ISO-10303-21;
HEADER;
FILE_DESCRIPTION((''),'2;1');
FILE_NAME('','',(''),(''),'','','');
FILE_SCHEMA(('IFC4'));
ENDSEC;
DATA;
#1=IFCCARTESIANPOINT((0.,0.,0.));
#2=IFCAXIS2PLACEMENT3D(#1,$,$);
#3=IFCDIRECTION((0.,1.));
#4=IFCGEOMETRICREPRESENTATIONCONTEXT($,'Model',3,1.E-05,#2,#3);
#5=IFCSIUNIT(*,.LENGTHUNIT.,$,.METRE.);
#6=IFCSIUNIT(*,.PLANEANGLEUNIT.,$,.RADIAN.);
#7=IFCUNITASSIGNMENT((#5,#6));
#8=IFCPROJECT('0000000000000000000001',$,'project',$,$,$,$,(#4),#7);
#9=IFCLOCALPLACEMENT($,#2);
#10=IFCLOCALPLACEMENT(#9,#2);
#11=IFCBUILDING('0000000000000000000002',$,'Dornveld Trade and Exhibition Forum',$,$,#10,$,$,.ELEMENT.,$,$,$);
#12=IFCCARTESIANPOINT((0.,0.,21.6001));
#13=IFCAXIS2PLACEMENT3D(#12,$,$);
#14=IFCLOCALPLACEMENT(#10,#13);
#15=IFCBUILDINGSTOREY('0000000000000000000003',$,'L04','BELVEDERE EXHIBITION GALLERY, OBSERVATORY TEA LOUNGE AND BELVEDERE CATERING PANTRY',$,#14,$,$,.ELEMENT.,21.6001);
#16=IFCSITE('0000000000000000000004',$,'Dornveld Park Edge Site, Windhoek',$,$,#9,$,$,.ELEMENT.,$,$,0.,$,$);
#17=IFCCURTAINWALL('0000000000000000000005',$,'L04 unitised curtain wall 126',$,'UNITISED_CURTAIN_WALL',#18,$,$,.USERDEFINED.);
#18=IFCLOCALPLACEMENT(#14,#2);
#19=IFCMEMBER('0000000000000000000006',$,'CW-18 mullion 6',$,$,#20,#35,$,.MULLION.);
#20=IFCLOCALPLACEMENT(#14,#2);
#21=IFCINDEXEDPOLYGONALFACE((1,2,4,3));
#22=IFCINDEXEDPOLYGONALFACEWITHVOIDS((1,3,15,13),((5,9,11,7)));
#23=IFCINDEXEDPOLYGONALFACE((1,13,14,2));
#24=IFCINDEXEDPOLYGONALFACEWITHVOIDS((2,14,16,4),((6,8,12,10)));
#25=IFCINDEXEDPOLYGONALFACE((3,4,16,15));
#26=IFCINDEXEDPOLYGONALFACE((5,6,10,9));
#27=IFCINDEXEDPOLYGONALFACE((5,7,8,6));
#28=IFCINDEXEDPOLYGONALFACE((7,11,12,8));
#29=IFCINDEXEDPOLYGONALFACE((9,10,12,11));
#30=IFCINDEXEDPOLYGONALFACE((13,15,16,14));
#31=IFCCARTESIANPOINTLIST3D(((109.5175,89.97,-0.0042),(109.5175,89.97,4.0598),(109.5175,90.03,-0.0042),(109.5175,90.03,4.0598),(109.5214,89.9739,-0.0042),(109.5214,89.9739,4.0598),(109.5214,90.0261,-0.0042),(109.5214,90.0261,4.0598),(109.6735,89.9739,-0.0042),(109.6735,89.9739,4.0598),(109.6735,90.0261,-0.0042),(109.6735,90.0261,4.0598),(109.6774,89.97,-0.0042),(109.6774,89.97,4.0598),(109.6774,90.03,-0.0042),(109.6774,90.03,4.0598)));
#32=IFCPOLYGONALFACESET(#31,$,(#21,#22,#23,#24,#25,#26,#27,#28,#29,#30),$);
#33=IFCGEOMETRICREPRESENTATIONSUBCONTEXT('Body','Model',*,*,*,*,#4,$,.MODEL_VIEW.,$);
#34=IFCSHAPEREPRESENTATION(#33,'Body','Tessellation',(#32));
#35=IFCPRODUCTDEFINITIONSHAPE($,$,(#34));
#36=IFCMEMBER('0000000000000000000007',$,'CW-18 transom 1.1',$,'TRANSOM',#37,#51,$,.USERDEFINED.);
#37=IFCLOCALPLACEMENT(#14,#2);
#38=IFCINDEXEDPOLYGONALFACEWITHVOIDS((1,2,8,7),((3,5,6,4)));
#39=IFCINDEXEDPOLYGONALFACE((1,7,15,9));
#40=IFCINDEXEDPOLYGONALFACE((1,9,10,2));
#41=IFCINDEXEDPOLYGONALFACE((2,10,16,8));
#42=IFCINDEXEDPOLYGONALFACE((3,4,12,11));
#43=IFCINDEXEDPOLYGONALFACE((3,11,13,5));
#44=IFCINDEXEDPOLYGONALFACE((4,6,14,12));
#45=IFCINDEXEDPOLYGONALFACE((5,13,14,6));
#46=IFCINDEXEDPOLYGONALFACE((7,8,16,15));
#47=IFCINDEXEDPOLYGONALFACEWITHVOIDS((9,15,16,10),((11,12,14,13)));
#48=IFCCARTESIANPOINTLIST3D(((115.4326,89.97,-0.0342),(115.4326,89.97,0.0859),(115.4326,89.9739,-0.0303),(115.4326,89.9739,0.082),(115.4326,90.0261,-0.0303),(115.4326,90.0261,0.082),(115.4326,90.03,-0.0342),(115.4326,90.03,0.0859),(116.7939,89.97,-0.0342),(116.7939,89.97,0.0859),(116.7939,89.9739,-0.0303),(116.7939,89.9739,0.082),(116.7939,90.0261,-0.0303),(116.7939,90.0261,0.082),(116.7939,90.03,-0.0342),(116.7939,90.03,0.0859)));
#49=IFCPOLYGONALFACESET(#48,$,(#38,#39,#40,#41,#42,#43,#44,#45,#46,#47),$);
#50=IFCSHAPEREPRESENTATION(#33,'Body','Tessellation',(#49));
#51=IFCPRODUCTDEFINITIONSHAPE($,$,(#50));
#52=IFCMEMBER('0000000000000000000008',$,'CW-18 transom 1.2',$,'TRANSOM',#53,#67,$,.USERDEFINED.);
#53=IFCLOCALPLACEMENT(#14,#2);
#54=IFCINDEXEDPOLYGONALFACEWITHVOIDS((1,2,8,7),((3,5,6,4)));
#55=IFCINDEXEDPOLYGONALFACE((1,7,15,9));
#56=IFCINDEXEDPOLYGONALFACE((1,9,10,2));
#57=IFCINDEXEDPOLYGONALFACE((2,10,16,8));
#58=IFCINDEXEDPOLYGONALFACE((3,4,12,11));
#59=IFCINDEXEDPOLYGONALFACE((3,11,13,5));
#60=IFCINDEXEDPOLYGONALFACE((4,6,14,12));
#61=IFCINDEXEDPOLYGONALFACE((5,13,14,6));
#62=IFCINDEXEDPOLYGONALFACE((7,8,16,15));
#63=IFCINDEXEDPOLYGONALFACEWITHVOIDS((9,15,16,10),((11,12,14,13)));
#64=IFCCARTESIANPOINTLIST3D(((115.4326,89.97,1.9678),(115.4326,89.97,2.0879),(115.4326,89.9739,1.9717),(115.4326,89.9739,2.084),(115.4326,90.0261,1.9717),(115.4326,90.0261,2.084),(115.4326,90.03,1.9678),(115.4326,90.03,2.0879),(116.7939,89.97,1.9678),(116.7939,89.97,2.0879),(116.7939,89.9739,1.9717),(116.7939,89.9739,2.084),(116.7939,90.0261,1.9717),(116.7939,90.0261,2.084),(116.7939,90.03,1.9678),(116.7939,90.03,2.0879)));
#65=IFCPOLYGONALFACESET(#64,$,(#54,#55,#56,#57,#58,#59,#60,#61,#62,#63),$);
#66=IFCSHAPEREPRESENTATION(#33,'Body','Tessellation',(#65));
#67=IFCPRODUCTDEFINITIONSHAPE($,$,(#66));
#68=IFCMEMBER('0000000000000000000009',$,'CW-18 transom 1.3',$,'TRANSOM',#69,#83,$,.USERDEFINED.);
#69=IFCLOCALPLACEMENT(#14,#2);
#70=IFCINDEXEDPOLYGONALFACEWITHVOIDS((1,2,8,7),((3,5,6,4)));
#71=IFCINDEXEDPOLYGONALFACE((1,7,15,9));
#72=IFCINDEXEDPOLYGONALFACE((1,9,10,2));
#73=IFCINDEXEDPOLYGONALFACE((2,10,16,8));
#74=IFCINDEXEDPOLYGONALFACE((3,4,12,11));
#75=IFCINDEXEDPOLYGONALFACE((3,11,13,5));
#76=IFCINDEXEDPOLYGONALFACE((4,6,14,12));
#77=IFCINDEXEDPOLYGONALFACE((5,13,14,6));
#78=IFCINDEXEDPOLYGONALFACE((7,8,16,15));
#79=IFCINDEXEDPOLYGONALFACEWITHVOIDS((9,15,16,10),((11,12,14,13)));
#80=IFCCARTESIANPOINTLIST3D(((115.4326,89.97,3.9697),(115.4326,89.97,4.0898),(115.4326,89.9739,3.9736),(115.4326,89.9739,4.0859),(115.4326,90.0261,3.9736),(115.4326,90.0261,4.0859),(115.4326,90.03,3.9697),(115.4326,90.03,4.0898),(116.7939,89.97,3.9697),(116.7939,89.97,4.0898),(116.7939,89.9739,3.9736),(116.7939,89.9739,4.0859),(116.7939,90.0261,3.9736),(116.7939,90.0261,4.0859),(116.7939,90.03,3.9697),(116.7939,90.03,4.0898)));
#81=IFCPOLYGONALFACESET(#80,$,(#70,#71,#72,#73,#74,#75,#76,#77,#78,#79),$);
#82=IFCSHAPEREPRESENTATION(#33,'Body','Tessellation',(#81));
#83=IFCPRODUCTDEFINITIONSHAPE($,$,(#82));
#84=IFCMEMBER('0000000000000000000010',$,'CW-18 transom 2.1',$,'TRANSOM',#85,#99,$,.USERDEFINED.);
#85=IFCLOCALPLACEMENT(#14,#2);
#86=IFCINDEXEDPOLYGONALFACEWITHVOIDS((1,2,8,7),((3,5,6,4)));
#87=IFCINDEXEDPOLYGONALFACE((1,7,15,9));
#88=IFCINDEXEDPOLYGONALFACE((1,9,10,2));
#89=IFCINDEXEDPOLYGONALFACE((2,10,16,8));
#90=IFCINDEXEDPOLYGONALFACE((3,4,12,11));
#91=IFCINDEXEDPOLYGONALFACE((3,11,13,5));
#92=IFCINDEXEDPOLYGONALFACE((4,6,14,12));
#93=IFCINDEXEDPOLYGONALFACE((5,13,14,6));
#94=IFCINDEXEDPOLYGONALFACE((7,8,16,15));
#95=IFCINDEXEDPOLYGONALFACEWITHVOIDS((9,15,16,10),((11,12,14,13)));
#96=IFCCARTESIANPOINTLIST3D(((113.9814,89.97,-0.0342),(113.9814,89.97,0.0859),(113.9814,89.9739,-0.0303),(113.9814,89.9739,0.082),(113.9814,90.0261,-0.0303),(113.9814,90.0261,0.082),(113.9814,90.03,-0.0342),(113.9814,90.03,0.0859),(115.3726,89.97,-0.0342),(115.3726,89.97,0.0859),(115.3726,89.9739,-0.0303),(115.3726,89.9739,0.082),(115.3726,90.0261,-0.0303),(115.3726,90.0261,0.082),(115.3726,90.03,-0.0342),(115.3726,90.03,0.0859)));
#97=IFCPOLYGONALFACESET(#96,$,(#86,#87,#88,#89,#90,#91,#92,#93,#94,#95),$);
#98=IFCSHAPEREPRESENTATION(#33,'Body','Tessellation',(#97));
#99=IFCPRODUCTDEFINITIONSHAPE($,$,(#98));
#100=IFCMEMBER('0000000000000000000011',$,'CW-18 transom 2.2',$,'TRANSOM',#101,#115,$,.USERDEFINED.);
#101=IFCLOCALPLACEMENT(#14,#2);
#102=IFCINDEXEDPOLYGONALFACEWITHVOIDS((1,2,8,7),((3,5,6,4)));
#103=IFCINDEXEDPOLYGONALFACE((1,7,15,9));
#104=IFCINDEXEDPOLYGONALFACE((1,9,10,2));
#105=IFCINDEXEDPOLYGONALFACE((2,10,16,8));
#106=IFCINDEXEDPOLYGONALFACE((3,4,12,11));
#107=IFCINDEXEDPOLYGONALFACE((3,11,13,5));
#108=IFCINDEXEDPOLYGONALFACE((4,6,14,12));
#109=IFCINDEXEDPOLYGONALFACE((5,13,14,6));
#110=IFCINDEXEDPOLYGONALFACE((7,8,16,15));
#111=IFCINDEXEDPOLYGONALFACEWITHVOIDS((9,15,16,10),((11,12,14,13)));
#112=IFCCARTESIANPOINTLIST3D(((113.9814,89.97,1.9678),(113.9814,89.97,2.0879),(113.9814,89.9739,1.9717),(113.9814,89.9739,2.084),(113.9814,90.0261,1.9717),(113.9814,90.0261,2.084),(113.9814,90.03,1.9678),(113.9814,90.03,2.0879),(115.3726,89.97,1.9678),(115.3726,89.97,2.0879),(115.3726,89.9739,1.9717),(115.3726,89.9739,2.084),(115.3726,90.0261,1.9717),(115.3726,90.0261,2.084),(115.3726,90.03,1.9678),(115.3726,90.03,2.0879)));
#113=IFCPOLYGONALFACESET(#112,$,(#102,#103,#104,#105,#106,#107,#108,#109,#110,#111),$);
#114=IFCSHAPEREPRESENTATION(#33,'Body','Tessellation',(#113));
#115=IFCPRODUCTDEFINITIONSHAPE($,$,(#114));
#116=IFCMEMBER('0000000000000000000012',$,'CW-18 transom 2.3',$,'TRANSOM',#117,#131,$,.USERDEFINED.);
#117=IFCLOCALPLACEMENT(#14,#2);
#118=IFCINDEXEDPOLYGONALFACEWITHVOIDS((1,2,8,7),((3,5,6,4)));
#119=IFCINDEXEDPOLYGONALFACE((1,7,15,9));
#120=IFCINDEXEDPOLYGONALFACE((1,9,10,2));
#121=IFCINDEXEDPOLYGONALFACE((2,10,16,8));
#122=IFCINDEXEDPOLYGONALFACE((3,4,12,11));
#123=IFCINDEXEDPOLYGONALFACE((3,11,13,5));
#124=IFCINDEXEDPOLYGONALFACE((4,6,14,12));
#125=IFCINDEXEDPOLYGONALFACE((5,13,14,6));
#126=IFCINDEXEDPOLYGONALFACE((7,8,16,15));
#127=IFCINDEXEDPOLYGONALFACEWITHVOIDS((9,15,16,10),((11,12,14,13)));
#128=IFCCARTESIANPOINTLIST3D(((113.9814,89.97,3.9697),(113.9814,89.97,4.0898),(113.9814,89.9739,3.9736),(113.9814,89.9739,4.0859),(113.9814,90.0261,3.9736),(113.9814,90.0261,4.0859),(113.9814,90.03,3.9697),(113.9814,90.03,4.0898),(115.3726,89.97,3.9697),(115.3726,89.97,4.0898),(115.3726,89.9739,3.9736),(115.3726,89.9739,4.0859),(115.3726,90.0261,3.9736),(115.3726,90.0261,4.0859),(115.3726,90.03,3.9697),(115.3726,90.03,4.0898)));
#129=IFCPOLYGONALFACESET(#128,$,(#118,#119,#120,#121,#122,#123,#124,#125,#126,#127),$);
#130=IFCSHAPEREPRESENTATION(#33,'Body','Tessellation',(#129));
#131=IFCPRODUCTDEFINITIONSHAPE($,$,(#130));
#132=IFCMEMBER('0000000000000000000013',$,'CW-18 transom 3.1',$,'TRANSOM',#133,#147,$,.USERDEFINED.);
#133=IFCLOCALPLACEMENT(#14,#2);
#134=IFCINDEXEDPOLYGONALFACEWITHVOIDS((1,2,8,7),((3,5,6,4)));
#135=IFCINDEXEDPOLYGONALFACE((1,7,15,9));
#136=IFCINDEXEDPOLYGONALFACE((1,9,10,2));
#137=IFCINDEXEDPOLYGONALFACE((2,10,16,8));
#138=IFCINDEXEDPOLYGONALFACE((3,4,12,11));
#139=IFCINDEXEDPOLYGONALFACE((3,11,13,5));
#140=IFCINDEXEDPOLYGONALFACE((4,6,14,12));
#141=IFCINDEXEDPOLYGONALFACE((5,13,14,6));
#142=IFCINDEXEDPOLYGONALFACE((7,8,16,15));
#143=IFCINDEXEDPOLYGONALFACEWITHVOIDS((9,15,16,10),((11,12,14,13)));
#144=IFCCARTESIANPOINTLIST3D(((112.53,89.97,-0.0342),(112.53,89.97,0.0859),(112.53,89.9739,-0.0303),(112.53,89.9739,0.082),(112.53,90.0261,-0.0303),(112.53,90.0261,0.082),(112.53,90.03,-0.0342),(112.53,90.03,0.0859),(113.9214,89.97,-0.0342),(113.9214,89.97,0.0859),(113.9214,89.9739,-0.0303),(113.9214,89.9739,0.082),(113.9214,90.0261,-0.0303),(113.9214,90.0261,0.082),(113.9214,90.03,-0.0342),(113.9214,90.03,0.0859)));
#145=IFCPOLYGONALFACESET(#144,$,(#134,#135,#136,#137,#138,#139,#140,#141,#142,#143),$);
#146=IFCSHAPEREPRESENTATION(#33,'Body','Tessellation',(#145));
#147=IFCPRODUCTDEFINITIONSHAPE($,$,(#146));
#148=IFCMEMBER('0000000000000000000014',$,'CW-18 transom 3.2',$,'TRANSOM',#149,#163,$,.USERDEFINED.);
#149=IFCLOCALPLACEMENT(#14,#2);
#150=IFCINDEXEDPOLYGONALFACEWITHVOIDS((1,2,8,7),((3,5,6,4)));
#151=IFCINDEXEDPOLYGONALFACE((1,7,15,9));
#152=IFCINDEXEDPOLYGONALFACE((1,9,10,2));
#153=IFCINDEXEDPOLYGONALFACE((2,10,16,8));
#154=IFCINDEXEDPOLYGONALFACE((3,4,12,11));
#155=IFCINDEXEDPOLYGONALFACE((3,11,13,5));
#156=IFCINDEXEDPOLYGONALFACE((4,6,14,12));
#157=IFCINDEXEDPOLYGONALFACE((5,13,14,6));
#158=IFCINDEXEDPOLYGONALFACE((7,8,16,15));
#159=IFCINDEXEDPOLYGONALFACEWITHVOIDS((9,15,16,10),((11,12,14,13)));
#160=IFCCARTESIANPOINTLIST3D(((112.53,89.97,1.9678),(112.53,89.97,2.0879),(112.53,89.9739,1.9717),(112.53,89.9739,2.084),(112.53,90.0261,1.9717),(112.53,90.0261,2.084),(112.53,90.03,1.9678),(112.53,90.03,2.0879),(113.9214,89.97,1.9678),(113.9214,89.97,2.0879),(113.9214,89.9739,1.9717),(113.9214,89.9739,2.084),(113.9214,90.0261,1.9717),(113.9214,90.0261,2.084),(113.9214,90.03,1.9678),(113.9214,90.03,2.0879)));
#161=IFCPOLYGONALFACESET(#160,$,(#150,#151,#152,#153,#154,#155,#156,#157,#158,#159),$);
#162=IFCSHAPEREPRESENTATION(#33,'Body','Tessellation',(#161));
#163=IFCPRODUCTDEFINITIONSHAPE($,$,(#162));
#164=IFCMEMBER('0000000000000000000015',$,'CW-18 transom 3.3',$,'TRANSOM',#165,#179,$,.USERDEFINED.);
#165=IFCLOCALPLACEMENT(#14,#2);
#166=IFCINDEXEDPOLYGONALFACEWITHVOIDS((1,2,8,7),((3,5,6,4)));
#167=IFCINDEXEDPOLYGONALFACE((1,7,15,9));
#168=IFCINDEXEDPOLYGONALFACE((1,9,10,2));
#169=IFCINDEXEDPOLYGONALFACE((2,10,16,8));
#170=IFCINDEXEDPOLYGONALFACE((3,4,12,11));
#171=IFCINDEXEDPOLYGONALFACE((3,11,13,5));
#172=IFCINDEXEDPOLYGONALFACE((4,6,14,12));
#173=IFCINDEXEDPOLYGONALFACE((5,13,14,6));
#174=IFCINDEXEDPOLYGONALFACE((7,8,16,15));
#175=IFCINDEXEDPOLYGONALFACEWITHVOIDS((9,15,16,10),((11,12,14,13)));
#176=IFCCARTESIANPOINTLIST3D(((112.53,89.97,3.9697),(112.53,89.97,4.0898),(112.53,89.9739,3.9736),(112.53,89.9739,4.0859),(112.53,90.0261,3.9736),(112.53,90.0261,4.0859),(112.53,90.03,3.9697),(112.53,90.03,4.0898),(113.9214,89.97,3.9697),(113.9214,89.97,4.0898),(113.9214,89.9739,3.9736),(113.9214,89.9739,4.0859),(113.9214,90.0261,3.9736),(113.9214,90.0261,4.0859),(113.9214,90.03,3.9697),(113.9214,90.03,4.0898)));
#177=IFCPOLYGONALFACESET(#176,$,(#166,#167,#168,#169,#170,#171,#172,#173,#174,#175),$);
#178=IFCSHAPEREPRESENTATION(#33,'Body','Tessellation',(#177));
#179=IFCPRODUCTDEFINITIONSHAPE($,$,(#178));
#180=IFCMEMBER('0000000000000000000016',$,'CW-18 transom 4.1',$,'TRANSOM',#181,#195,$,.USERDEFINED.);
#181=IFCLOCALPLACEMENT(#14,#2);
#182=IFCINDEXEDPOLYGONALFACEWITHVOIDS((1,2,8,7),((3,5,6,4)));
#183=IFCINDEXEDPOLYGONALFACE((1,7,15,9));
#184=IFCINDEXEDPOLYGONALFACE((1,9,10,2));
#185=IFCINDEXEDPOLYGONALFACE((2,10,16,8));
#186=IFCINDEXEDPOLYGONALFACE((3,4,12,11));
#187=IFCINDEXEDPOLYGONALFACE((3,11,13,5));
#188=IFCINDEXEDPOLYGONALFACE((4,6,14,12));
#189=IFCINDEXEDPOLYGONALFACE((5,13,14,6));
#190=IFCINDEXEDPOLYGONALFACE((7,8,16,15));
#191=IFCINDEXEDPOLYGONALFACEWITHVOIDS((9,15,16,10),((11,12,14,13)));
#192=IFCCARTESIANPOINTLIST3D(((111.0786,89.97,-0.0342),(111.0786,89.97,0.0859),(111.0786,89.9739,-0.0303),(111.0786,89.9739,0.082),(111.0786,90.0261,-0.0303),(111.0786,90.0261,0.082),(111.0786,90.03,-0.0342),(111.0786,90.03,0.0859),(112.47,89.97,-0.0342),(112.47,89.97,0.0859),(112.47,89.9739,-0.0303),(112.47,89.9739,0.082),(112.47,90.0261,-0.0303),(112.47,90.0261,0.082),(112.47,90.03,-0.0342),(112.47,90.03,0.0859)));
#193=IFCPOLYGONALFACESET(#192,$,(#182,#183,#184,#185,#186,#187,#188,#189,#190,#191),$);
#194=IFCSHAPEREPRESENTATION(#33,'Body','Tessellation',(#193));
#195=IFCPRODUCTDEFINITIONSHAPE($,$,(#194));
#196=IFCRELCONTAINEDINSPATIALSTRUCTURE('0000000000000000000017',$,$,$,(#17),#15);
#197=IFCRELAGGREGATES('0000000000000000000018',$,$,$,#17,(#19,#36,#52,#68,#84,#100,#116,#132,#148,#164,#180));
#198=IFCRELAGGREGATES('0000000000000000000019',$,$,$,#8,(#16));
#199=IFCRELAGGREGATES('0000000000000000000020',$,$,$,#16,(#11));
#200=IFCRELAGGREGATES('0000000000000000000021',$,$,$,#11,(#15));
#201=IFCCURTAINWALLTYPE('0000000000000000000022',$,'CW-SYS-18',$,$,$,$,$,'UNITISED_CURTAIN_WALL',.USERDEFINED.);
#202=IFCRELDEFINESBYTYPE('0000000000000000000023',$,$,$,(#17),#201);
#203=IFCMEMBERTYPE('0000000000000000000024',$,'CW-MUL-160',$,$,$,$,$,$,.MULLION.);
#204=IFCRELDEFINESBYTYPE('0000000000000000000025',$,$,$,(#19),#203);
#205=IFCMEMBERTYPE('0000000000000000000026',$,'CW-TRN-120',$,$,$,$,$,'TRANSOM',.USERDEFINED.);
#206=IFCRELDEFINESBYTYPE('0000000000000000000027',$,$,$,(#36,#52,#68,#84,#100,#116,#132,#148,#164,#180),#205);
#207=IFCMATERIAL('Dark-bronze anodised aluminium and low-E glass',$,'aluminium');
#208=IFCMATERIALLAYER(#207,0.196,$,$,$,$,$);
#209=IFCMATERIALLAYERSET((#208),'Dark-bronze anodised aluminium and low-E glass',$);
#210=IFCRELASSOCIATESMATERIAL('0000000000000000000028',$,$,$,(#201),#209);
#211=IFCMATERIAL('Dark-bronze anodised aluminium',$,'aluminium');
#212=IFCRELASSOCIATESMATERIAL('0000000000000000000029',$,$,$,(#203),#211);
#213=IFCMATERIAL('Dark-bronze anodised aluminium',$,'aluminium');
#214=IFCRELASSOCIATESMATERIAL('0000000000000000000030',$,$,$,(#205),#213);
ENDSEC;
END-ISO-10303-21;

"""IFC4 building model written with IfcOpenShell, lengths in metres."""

from ifc_helpers import new_model, si_unit, direction, frame, origin, origin_2d, place, context, subcontext, project, spatial, hollow_rectangle, extrude, material, layer, layer_set, material_profile, profile_set, type_object, element, aggregate, save


model = new_model("IFC4")

# Units and contexts
model_context = context("Model", 3, precision=1e-05, world=origin(), true_north=direction((0.0, 1.0)))
body_context = subcontext(model_context, "Body", "Model", "MODEL_VIEW")
ifc_project = project(units=[si_unit("LENGTHUNIT", "METRE"), si_unit("PLANEANGLEUNIT", "RADIAN")], contexts=[model_context])

# Site, building, storey
site_placement = place(None, origin())
site = spatial("IfcSite", under=ifc_project, at=site_placement, Name="Dornveld Park Edge Site, Windhoek", CompositionType="ELEMENT", RefElevation=0.0)
building_placement = place(site_placement, origin())
building = spatial("IfcBuilding", under=site, at=building_placement, Name="Dornveld Trade and Exhibition Forum", CompositionType="ELEMENT")
storey_placement = place(building_placement, frame((0.0, 0.0, 21.6001)))
storey = spatial("IfcBuildingStorey", under=building, at=storey_placement, Name="L04", Description="BELVEDERE EXHIBITION GALLERY, OBSERVATORY TEA LOUNGE AND BELVEDERE CATERING PANTRY", CompositionType="ELEMENT", Elevation=21.6001)

# Curtain wall, members
ifc_material_1 = material(Name="Dark-bronze anodised aluminium and low-E glass", Category="aluminium")
ifc_layer_1 = layer(ifc_material_1, 0.196)
ifc_layer_set_1 = layer_set([ifc_layer_1], Name="Dark-bronze anodised aluminium and low-E glass")
curtain_wall_type = type_object("IfcCurtainWallType", Name="CW-SYS-18", ElementType="UNITISED_CURTAIN_WALL", PredefinedType="USERDEFINED", material=ifc_layer_set_1)
curtain_wall_placement = place(storey_placement, origin())
curtain_wall = element("IfcCurtainWall", 1, at=curtain_wall_placement, inside=storey, type_object=curtain_wall_type, Name="L04 unitised curtain wall 126", ObjectType="UNITISED_CURTAIN_WALL", PredefinedType="USERDEFINED")
ifc_material_2 = material(Name="Dark-bronze anodised aluminium", Category="aluminium")
ifc_material_profile_1 = material_profile(ifc_material_2, hollow_rectangle(XDim=0.0601, YDim=0.1599, WallThickness=0.0039, at=origin_2d()), Name="RHS 160x60x4")
ifc_profile_set_1 = profile_set([ifc_material_profile_1], Name="Dark-bronze anodised aluminium")
member_type_1 = type_object("IfcMemberType", Name="CW-MUL-160", PredefinedType="MULLION", material=ifc_profile_set_1)
member_1_placement = place(storey_placement, frame((109.5974, 90.0, -0.0042), z_axis=(0.0, 0.0, 1.0), x_axis=(0.0, -1.0, 0.0)))
member_1 = element("IfcMember", 2, at=member_1_placement, type_object=member_type_1, Name="CW-18 mullion 6", PredefinedType="MULLION", context=body_context, shape_type="SweptSolid", body=[
    extrude(hollow_rectangle(XDim=0.0601, YDim=0.1599, WallThickness=0.0039, at=origin_2d()), origin(), (0.0, 0.0, 1.0), 4.064),
])
ifc_material_3 = material(Name="Dark-bronze anodised aluminium", Category="aluminium")
ifc_material_profile_2 = material_profile(ifc_material_3, hollow_rectangle(XDim=0.0601, YDim=0.1201, WallThickness=0.0039, at=origin_2d()), Name="RHS 120x60x4")
ifc_profile_set_2 = profile_set([ifc_material_profile_2], Name="Dark-bronze anodised aluminium")
member_type_2 = type_object("IfcMemberType", Name="CW-TRN-120", ElementType="TRANSOM", PredefinedType="USERDEFINED", material=ifc_profile_set_2)
member_2_placement = place(storey_placement, frame((116.7939, 90.0, 0.0259), z_axis=(-1.0, 0.0, 0.0), x_axis=(0.0, -1.0, 0.0)))
member_2 = element("IfcMember", 3, at=member_2_placement, type_object=member_type_2, Name="CW-18 transom 1.1", ObjectType="TRANSOM", PredefinedType="USERDEFINED", context=body_context, shape_type="SweptSolid", body=[
    extrude(hollow_rectangle(XDim=0.0601, YDim=0.1201, WallThickness=0.0039, at=origin_2d()), origin(), (0.0, 0.0, 1.0), 1.3613),
])
member_3_placement = place(storey_placement, frame((116.7939, 90.0, 2.0278), z_axis=(-1.0, 0.0, 0.0), x_axis=(0.0, -1.0, 0.0)))
member_3 = element("IfcMember", 4, at=member_3_placement, type_object=member_type_2, Name="CW-18 transom 1.2", ObjectType="TRANSOM", PredefinedType="USERDEFINED", context=body_context, shape_type="SweptSolid", body=[
    extrude(hollow_rectangle(XDim=0.0601, YDim=0.1201, WallThickness=0.0039, at=origin_2d()), origin(), (0.0, 0.0, 1.0), 1.3613),
])
member_4_placement = place(storey_placement, frame((116.7939, 90.0, 4.0298), z_axis=(-1.0, 0.0, 0.0), x_axis=(0.0, -1.0, 0.0)))
member_4 = element("IfcMember", 5, at=member_4_placement, type_object=member_type_2, Name="CW-18 transom 1.3", ObjectType="TRANSOM", PredefinedType="USERDEFINED", context=body_context, shape_type="SweptSolid", body=[
    extrude(hollow_rectangle(XDim=0.0601, YDim=0.1201, WallThickness=0.0039, at=origin_2d()), origin(), (0.0, 0.0, 1.0), 1.3613),
])
member_5_placement = place(storey_placement, frame((115.3726, 90.0, 0.0259), z_axis=(-1.0, 0.0, 0.0), x_axis=(0.0, -1.0, 0.0)))
member_5 = element("IfcMember", 6, at=member_5_placement, type_object=member_type_2, Name="CW-18 transom 2.1", ObjectType="TRANSOM", PredefinedType="USERDEFINED", context=body_context, shape_type="SweptSolid", body=[
    extrude(hollow_rectangle(XDim=0.0601, YDim=0.1201, WallThickness=0.0039, at=origin_2d()), origin(), (0.0, 0.0, 1.0), 1.3911),
])
member_6_placement = place(storey_placement, frame((115.3726, 90.0, 2.0278), z_axis=(-1.0, 0.0, 0.0), x_axis=(0.0, -1.0, 0.0)))
member_6 = element("IfcMember", 7, at=member_6_placement, type_object=member_type_2, Name="CW-18 transom 2.2", ObjectType="TRANSOM", PredefinedType="USERDEFINED", context=body_context, shape_type="SweptSolid", body=[
    extrude(hollow_rectangle(XDim=0.0601, YDim=0.1201, WallThickness=0.0039, at=origin_2d()), origin(), (0.0, 0.0, 1.0), 1.3911),
])
member_7_placement = place(storey_placement, frame((115.3726, 90.0, 4.0298), z_axis=(-1.0, 0.0, 0.0), x_axis=(0.0, -1.0, 0.0)))
member_7 = element("IfcMember", 8, at=member_7_placement, type_object=member_type_2, Name="CW-18 transom 2.3", ObjectType="TRANSOM", PredefinedType="USERDEFINED", context=body_context, shape_type="SweptSolid", body=[
    extrude(hollow_rectangle(XDim=0.0601, YDim=0.1201, WallThickness=0.0039, at=origin_2d()), origin(), (0.0, 0.0, 1.0), 1.3911),
])
member_8_placement = place(storey_placement, frame((113.9214, 90.0, 0.0259), z_axis=(-1.0, 0.0, 0.0), x_axis=(0.0, -1.0, 0.0)))
member_8 = element("IfcMember", 9, at=member_8_placement, type_object=member_type_2, Name="CW-18 transom 3.1", ObjectType="TRANSOM", PredefinedType="USERDEFINED", context=body_context, shape_type="SweptSolid", body=[
    extrude(hollow_rectangle(XDim=0.0601, YDim=0.1201, WallThickness=0.0039, at=origin_2d()), origin(), (0.0, 0.0, 1.0), 1.3914),
])
member_9_placement = place(storey_placement, frame((113.9214, 90.0, 2.0278), z_axis=(-1.0, 0.0, 0.0), x_axis=(0.0, -1.0, 0.0)))
member_9 = element("IfcMember", 10, at=member_9_placement, type_object=member_type_2, Name="CW-18 transom 3.2", ObjectType="TRANSOM", PredefinedType="USERDEFINED", context=body_context, shape_type="SweptSolid", body=[
    extrude(hollow_rectangle(XDim=0.0601, YDim=0.1201, WallThickness=0.0039, at=origin_2d()), origin(), (0.0, 0.0, 1.0), 1.3914),
])
member_10_placement = place(storey_placement, frame((113.9214, 90.0, 4.0298), z_axis=(-1.0, 0.0, 0.0), x_axis=(0.0, -1.0, 0.0)))
member_10 = element("IfcMember", 11, at=member_10_placement, type_object=member_type_2, Name="CW-18 transom 3.3", ObjectType="TRANSOM", PredefinedType="USERDEFINED", context=body_context, shape_type="SweptSolid", body=[
    extrude(hollow_rectangle(XDim=0.0601, YDim=0.1201, WallThickness=0.0039, at=origin_2d()), origin(), (0.0, 0.0, 1.0), 1.3914),
])
member_11_placement = place(storey_placement, frame((112.47, 90.0, 0.0259), z_axis=(-1.0, 0.0, 0.0), x_axis=(0.0, -1.0, 0.0)))
member_11 = element("IfcMember", 12, at=member_11_placement, type_object=member_type_2, Name="CW-18 transom 4.1", ObjectType="TRANSOM", PredefinedType="USERDEFINED", context=body_context, shape_type="SweptSolid", body=[
    extrude(hollow_rectangle(XDim=0.0601, YDim=0.1201, WallThickness=0.0039, at=origin_2d()), origin(), (0.0, 0.0, 1.0), 1.3914),
])
aggregate(curtain_wall, [member_1, member_2, member_3, member_4, member_5, member_6, member_7, member_8, member_9, member_10, member_11])

save(model, "model.ifc")
